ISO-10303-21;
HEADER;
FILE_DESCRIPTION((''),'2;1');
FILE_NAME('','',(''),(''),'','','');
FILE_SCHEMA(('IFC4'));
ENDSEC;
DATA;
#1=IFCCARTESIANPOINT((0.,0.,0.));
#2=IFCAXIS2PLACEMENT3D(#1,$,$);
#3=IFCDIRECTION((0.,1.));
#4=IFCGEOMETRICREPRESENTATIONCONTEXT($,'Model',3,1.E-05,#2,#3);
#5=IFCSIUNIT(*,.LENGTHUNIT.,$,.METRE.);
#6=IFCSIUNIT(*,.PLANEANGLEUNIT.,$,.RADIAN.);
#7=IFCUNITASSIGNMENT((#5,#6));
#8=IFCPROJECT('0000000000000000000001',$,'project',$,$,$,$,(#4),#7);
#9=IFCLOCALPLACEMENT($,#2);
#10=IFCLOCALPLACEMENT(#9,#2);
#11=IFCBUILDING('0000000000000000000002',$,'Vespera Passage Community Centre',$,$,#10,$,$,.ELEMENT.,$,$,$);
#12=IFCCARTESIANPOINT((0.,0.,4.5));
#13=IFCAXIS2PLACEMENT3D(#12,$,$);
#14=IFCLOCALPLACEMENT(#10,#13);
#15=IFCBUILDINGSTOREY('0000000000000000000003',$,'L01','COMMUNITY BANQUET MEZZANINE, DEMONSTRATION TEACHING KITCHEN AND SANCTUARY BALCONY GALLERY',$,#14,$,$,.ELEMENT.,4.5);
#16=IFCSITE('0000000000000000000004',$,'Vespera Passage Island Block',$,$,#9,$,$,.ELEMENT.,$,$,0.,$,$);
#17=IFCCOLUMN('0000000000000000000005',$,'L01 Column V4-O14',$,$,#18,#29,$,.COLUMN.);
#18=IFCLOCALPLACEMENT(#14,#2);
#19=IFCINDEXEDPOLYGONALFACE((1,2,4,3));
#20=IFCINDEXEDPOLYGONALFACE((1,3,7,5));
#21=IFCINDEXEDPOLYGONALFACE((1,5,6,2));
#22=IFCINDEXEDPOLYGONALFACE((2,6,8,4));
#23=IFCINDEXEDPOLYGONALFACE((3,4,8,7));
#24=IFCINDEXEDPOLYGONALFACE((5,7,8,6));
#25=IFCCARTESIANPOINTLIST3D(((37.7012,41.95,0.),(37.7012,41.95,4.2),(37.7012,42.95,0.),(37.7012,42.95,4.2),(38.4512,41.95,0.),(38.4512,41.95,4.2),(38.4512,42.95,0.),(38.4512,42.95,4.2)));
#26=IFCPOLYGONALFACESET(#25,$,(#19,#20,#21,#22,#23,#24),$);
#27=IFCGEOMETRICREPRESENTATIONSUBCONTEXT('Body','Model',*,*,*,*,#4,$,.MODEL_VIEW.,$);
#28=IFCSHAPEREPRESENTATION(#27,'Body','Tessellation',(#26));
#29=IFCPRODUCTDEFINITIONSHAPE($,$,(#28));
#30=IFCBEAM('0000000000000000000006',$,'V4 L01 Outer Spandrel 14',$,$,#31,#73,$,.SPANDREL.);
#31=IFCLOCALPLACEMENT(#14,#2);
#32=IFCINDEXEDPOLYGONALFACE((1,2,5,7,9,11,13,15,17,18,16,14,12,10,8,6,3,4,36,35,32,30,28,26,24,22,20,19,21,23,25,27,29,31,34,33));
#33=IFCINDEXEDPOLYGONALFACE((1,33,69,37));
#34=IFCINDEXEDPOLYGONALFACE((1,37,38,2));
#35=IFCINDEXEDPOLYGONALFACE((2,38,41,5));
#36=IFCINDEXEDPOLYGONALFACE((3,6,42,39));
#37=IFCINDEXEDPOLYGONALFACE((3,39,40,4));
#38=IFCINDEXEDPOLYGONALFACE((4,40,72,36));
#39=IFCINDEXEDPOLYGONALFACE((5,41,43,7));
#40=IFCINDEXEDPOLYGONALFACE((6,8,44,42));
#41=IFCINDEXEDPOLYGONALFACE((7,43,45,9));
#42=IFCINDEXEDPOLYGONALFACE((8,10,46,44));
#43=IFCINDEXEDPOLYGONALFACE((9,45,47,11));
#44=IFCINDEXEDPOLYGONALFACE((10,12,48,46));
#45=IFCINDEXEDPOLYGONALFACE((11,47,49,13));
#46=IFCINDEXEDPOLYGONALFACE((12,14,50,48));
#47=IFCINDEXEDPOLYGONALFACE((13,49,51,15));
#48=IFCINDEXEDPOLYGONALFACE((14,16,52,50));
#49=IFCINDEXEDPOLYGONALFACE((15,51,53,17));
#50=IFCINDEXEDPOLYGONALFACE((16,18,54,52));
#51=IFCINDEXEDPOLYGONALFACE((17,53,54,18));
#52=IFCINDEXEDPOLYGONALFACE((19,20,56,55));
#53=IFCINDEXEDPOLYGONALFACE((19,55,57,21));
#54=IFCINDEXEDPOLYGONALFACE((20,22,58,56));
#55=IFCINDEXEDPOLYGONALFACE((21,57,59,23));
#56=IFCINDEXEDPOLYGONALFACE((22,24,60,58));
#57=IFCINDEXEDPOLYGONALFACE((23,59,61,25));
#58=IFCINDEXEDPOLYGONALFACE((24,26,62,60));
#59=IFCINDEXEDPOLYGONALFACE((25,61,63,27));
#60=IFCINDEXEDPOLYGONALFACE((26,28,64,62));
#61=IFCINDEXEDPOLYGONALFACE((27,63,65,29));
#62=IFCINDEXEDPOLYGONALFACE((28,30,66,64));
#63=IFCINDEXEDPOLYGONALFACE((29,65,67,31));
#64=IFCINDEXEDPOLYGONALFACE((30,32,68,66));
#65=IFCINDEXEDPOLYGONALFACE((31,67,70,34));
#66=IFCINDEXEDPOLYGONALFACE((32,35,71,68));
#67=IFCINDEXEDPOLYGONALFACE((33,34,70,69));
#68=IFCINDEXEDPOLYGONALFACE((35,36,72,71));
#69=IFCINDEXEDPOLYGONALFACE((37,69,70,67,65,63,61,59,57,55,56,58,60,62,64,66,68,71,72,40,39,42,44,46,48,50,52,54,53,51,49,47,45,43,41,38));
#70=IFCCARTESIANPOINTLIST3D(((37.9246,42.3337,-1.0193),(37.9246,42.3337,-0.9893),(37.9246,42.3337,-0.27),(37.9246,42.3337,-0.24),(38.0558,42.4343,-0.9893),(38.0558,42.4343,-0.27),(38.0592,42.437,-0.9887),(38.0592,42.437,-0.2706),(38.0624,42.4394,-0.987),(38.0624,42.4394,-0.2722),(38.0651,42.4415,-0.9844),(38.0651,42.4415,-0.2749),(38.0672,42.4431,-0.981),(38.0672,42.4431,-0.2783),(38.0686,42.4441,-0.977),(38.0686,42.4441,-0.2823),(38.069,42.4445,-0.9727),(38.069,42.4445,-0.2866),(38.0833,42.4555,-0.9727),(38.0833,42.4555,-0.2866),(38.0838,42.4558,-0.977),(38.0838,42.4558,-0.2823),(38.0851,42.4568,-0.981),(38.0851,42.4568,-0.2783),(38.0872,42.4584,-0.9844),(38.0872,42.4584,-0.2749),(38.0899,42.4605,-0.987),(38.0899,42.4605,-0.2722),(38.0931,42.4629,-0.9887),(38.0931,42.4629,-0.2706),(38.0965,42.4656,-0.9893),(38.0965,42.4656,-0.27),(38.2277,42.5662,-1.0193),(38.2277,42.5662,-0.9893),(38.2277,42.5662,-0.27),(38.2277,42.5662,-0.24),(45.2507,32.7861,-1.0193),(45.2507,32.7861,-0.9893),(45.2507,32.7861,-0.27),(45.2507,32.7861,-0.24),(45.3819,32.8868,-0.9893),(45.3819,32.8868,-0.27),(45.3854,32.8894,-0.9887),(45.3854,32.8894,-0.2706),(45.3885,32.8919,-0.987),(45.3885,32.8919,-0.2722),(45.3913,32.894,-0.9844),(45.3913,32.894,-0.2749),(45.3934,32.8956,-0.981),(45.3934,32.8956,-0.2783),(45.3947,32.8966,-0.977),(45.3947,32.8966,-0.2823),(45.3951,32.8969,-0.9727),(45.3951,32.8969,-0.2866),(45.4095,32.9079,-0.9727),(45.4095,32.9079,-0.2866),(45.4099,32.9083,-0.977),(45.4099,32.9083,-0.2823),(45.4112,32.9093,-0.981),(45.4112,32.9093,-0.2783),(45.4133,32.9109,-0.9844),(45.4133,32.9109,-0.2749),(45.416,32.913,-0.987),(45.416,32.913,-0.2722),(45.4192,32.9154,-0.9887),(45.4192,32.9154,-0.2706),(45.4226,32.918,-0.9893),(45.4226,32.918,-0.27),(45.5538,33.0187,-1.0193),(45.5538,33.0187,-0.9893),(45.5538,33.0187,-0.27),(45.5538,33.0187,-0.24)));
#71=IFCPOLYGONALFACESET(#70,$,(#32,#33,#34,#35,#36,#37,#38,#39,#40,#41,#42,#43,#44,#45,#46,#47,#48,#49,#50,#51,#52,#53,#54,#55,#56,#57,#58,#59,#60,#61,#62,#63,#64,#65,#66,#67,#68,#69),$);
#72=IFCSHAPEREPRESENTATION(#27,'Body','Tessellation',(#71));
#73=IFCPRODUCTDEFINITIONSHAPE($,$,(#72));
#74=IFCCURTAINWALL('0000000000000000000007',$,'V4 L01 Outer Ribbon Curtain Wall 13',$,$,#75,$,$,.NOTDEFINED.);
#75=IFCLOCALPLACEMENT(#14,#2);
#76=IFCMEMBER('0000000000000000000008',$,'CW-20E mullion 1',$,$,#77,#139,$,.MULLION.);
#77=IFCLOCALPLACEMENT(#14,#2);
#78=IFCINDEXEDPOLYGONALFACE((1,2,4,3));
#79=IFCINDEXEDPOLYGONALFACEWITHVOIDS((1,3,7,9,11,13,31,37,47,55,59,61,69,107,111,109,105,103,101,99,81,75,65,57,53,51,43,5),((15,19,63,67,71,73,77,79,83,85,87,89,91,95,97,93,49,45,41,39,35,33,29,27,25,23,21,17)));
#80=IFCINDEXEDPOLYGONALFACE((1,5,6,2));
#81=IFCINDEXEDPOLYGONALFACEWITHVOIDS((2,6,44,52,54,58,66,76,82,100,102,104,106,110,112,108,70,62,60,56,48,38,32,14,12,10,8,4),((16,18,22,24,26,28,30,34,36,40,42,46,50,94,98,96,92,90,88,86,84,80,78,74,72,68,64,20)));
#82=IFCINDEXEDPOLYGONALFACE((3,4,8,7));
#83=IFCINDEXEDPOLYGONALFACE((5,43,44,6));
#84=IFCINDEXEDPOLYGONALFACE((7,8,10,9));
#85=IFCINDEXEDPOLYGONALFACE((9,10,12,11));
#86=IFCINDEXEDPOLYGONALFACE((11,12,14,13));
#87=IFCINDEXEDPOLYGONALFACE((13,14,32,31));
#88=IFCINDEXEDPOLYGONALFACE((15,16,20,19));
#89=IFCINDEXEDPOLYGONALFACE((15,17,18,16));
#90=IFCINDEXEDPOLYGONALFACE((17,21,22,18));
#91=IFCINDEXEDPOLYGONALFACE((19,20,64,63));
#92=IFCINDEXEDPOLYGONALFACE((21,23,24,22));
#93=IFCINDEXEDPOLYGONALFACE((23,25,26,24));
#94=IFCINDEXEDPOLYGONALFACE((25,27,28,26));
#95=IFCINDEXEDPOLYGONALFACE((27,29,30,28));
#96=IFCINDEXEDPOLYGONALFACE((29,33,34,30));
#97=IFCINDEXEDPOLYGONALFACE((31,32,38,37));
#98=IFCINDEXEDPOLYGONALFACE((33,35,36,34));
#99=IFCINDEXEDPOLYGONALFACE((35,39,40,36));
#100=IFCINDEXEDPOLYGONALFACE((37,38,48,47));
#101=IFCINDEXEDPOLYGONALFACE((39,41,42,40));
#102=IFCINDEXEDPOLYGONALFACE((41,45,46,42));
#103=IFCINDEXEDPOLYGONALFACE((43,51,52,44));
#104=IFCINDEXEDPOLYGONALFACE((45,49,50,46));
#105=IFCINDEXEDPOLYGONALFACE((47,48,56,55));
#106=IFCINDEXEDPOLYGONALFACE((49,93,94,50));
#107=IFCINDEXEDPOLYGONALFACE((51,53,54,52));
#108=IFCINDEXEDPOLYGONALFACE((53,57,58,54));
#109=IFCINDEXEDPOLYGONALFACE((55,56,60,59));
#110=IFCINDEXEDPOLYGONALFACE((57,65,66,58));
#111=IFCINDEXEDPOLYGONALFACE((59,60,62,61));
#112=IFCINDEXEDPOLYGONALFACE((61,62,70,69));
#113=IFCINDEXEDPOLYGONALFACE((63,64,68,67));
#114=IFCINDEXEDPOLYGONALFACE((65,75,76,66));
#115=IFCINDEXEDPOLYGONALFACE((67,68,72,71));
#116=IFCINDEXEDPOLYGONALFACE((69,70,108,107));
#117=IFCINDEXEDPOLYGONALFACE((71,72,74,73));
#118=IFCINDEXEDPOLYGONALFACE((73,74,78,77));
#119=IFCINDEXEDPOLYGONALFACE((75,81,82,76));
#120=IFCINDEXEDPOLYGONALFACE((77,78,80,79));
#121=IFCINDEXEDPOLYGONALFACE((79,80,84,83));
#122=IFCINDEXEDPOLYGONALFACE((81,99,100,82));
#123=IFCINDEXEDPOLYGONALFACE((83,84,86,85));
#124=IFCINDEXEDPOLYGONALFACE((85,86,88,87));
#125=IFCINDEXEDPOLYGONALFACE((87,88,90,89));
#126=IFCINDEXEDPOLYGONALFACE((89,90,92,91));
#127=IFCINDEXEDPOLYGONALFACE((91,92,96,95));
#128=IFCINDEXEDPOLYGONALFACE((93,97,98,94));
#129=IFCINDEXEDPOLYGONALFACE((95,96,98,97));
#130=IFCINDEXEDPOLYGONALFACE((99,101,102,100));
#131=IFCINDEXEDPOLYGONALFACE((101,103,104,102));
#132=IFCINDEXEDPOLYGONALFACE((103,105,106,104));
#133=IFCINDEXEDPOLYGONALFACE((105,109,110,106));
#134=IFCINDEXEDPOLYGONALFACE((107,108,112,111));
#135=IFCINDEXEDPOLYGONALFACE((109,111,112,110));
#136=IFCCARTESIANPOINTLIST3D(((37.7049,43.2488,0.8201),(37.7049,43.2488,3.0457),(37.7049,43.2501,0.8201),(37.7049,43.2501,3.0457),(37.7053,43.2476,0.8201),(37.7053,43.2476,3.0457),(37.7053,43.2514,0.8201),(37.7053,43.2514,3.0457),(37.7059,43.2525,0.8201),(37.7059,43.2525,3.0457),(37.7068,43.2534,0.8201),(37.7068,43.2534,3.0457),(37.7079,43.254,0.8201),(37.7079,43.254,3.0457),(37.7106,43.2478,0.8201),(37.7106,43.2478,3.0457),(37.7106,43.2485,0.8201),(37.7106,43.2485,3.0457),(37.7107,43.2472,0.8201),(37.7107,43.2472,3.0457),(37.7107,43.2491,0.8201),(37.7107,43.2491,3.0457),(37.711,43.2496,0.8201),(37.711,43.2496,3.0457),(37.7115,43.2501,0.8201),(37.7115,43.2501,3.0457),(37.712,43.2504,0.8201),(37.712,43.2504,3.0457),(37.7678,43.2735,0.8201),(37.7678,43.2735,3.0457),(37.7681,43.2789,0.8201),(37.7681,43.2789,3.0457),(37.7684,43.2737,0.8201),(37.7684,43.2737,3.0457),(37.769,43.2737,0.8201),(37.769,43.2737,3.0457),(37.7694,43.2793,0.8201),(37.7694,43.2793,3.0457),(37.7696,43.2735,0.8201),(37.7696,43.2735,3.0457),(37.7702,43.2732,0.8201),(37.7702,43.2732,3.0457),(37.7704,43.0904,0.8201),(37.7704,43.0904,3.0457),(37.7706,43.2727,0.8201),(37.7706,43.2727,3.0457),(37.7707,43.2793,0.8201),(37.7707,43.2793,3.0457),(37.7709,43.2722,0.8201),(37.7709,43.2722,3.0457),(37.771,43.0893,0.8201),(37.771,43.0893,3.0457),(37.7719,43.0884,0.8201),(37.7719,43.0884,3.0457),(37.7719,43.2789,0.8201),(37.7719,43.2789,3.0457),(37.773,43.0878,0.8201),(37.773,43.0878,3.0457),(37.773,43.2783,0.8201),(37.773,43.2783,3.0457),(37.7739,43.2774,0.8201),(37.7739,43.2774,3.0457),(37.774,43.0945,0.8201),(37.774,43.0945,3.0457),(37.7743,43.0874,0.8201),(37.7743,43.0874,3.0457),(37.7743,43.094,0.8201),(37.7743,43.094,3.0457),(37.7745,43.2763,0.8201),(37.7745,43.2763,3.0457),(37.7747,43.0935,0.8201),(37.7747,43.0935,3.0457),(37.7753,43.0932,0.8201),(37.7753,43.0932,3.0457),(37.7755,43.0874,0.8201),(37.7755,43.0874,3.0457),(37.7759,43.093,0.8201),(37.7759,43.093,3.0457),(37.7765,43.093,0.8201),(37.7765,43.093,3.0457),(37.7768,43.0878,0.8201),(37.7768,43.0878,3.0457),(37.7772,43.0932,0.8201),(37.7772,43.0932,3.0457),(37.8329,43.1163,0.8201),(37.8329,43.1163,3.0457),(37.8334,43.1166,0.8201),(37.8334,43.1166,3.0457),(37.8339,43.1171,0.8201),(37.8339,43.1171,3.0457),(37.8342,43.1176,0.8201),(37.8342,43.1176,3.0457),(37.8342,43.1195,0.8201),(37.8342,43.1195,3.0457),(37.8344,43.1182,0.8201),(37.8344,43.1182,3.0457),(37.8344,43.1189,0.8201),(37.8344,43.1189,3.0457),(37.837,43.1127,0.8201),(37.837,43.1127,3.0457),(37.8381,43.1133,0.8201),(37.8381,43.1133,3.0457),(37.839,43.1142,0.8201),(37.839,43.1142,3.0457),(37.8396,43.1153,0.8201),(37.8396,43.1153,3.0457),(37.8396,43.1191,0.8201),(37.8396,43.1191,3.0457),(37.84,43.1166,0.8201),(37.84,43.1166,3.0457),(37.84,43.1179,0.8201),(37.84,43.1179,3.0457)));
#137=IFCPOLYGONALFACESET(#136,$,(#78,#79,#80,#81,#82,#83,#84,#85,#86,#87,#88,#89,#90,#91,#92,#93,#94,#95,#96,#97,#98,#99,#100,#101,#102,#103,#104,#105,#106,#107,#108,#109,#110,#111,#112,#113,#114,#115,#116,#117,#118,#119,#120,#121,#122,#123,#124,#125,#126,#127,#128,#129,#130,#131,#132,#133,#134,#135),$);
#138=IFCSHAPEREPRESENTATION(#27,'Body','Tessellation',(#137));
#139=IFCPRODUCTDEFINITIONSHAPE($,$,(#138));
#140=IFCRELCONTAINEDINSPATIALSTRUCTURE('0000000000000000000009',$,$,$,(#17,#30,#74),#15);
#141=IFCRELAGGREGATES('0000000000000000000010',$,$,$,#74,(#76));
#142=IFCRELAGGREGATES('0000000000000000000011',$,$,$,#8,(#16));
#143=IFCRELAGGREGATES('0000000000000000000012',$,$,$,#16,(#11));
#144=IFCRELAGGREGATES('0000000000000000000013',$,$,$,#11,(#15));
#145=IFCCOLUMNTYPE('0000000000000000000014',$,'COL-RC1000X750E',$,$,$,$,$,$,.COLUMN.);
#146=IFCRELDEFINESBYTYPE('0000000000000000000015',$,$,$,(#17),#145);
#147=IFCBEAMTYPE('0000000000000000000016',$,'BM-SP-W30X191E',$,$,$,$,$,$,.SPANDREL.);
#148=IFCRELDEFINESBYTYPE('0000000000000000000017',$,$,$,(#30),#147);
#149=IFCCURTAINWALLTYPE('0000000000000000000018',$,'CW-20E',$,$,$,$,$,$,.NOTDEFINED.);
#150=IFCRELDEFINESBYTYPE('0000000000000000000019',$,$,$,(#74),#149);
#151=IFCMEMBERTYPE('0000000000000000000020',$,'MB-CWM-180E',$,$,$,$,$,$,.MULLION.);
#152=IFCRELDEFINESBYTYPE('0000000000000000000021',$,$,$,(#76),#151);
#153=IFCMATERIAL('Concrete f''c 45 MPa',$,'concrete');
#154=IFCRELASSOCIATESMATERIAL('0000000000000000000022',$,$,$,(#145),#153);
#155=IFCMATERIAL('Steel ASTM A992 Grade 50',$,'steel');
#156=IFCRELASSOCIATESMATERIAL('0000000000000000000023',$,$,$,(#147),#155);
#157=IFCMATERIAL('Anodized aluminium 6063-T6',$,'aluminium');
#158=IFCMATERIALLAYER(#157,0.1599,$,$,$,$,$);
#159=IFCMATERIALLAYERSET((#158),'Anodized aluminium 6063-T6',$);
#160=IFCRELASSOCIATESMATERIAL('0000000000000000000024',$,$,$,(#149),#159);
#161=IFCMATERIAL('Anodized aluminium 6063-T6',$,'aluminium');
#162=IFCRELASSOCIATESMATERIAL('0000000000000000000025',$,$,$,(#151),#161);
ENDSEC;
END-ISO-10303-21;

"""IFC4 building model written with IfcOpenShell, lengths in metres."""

from ifc_helpers import new_model, si_unit, direction, frame, origin, origin_2d, place, context, subcontext, project, spatial, rectangle, hollow_rectangle, i_section, extrude, material, layer, layer_set, material_profile, profile_set, type_object, element, aggregate, save


model = new_model("IFC4")

# Units and contexts
model_context = context("Model", 3, precision=1e-05, world=origin(), true_north=direction((0.0, 1.0)))
body_context = subcontext(model_context, "Body", "Model", "MODEL_VIEW")
ifc_project = project(units=[si_unit("LENGTHUNIT", "METRE"), si_unit("PLANEANGLEUNIT", "RADIAN")], contexts=[model_context])

# Site, building, storey
site_placement = place(None, origin())
site = spatial("IfcSite", under=ifc_project, at=site_placement, Name="Vespera Passage Island Block", CompositionType="ELEMENT", RefElevation=0.0)
building_placement = place(site_placement, origin())
building = spatial("IfcBuilding", under=site, at=building_placement, Name="Vespera Passage Community Centre", CompositionType="ELEMENT")
storey_placement = place(building_placement, frame((0.0, 0.0, 4.5)))
storey = spatial("IfcBuildingStorey", under=building, at=storey_placement, Name="L01", Description="COMMUNITY BANQUET MEZZANINE, DEMONSTRATION TEACHING KITCHEN AND SANCTUARY BALCONY GALLERY", CompositionType="ELEMENT", Elevation=4.5)

# Column
ifc_material_1 = material(Name="Concrete f'c 45 MPa", Category="concrete")
ifc_material_profile_1 = material_profile(ifc_material_1, rectangle(XDim=0.75, YDim=1.0, at=origin_2d()), Name="RC1000X750")
ifc_profile_set_1 = profile_set([ifc_material_profile_1], Name="Concrete f'c 45 MPa")
column_type = type_object("IfcColumnType", Name="COL-RC1000X750E", PredefinedType="COLUMN", material=ifc_profile_set_1)
column_placement = place(storey_placement, frame((38.0762, 42.45, 0.0), z_axis=(0.0, 0.0, 1.0), x_axis=(1.0, 0.0, 0.0)))
element("IfcColumn", 1, at=column_placement, inside=storey, type_object=column_type, Name="L01 Column V4-O14", PredefinedType="COLUMN", context=body_context, shape_type="SweptSolid", body=[
    extrude(rectangle(XDim=0.75, YDim=1.0, at=origin_2d()), origin(), (0.0, 0.0, 1.0), 4.2),
])

# Beam
ifc_material_2 = material(Name="Steel ASTM A992 Grade 50", Category="steel")
ifc_material_profile_2 = material_profile(ifc_material_2, i_section(OverallWidth=0.3821, OverallDepth=0.7793, WebThickness=0.0181, FlangeThickness=0.03, FilletRadius=0.0166, at=origin_2d()), Name="W30X191")
ifc_profile_set_2 = profile_set([ifc_material_profile_2], Name="Steel ASTM A992 Grade 50")
beam_type = type_object("IfcBeamType", Name="BM-SP-W30X191E", PredefinedType="SPANDREL", material=ifc_profile_set_2)
beam_placement = place(storey_placement, frame((38.0762, 42.45, -0.6296), z_axis=(0.608763, -0.793352, 0.0), x_axis=(0.793352, 0.608763, 0.0)))
element("IfcBeam", 2, at=beam_placement, inside=storey, type_object=beam_type, Name="V4 L01 Outer Spandrel 14", PredefinedType="SPANDREL", context=body_context, shape_type="SweptSolid", body=[
    extrude(i_section(OverallWidth=0.3821, OverallDepth=0.7793, WebThickness=0.0181, FlangeThickness=0.03, FilletRadius=0.0166, at=origin_2d()), origin(), (0.0, 0.0, 1.0), 12.0344),
])

# Curtain wall, member
ifc_material_3 = material(Name="Anodized aluminium 6063-T6", Category="aluminium")
ifc_layer_1 = layer(ifc_material_3, 0.1599)
ifc_layer_set_1 = layer_set([ifc_layer_1], Name="Anodized aluminium 6063-T6")
curtain_wall_type_1 = type_object("IfcCurtainWallType", Name="CW-20E", PredefinedType="NOTDEFINED", material=ifc_layer_set_1)
curtain_wall_1_placement = place(storey_placement, origin())
curtain_wall_1 = element("IfcCurtainWall", 3, at=curtain_wall_1_placement, inside=storey, type_object=curtain_wall_type_1, Name="V4 L01 Outer Ribbon Curtain Wall 13", PredefinedType="NOTDEFINED")
ifc_material_4 = material(Name="Anodized aluminium 6063-T6", Category="aluminium")
ifc_material_profile_3 = material_profile(ifc_material_4, hollow_rectangle(XDim=0.075, YDim=0.1799, WallThickness=0.0049, InnerFilletRadius=0.0024, OuterFilletRadius=0.0049, at=origin_2d()), Name="ALU180X75X5")
ifc_profile_set_3 = profile_set([ifc_material_profile_3], Name="Anodized aluminium 6063-T6")
member_type_1 = type_object("IfcMemberType", Name="MB-CWM-180E", PredefinedType="MULLION", material=ifc_profile_set_3)
member_1_placement = place(storey_placement, frame((37.7725, 43.1833, 0.8201), z_axis=(0.0, 0.0, 1.0), x_axis=(-0.923881, -0.382679, 0.0)))
member_1 = element("IfcMember", 4, at=member_1_placement, type_object=member_type_1, Name="CW-20E mullion 1", PredefinedType="MULLION", context=body_context, shape_type="SweptSolid", body=[
    extrude(hollow_rectangle(XDim=0.075, YDim=0.1799, WallThickness=0.0049, InnerFilletRadius=0.0024, OuterFilletRadius=0.0049, at=origin_2d()), origin(), (0.0, 0.0, 1.0), 2.2256),
])

aggregate(curtain_wall_1, [member_1])

save(model, "model.ifc")
